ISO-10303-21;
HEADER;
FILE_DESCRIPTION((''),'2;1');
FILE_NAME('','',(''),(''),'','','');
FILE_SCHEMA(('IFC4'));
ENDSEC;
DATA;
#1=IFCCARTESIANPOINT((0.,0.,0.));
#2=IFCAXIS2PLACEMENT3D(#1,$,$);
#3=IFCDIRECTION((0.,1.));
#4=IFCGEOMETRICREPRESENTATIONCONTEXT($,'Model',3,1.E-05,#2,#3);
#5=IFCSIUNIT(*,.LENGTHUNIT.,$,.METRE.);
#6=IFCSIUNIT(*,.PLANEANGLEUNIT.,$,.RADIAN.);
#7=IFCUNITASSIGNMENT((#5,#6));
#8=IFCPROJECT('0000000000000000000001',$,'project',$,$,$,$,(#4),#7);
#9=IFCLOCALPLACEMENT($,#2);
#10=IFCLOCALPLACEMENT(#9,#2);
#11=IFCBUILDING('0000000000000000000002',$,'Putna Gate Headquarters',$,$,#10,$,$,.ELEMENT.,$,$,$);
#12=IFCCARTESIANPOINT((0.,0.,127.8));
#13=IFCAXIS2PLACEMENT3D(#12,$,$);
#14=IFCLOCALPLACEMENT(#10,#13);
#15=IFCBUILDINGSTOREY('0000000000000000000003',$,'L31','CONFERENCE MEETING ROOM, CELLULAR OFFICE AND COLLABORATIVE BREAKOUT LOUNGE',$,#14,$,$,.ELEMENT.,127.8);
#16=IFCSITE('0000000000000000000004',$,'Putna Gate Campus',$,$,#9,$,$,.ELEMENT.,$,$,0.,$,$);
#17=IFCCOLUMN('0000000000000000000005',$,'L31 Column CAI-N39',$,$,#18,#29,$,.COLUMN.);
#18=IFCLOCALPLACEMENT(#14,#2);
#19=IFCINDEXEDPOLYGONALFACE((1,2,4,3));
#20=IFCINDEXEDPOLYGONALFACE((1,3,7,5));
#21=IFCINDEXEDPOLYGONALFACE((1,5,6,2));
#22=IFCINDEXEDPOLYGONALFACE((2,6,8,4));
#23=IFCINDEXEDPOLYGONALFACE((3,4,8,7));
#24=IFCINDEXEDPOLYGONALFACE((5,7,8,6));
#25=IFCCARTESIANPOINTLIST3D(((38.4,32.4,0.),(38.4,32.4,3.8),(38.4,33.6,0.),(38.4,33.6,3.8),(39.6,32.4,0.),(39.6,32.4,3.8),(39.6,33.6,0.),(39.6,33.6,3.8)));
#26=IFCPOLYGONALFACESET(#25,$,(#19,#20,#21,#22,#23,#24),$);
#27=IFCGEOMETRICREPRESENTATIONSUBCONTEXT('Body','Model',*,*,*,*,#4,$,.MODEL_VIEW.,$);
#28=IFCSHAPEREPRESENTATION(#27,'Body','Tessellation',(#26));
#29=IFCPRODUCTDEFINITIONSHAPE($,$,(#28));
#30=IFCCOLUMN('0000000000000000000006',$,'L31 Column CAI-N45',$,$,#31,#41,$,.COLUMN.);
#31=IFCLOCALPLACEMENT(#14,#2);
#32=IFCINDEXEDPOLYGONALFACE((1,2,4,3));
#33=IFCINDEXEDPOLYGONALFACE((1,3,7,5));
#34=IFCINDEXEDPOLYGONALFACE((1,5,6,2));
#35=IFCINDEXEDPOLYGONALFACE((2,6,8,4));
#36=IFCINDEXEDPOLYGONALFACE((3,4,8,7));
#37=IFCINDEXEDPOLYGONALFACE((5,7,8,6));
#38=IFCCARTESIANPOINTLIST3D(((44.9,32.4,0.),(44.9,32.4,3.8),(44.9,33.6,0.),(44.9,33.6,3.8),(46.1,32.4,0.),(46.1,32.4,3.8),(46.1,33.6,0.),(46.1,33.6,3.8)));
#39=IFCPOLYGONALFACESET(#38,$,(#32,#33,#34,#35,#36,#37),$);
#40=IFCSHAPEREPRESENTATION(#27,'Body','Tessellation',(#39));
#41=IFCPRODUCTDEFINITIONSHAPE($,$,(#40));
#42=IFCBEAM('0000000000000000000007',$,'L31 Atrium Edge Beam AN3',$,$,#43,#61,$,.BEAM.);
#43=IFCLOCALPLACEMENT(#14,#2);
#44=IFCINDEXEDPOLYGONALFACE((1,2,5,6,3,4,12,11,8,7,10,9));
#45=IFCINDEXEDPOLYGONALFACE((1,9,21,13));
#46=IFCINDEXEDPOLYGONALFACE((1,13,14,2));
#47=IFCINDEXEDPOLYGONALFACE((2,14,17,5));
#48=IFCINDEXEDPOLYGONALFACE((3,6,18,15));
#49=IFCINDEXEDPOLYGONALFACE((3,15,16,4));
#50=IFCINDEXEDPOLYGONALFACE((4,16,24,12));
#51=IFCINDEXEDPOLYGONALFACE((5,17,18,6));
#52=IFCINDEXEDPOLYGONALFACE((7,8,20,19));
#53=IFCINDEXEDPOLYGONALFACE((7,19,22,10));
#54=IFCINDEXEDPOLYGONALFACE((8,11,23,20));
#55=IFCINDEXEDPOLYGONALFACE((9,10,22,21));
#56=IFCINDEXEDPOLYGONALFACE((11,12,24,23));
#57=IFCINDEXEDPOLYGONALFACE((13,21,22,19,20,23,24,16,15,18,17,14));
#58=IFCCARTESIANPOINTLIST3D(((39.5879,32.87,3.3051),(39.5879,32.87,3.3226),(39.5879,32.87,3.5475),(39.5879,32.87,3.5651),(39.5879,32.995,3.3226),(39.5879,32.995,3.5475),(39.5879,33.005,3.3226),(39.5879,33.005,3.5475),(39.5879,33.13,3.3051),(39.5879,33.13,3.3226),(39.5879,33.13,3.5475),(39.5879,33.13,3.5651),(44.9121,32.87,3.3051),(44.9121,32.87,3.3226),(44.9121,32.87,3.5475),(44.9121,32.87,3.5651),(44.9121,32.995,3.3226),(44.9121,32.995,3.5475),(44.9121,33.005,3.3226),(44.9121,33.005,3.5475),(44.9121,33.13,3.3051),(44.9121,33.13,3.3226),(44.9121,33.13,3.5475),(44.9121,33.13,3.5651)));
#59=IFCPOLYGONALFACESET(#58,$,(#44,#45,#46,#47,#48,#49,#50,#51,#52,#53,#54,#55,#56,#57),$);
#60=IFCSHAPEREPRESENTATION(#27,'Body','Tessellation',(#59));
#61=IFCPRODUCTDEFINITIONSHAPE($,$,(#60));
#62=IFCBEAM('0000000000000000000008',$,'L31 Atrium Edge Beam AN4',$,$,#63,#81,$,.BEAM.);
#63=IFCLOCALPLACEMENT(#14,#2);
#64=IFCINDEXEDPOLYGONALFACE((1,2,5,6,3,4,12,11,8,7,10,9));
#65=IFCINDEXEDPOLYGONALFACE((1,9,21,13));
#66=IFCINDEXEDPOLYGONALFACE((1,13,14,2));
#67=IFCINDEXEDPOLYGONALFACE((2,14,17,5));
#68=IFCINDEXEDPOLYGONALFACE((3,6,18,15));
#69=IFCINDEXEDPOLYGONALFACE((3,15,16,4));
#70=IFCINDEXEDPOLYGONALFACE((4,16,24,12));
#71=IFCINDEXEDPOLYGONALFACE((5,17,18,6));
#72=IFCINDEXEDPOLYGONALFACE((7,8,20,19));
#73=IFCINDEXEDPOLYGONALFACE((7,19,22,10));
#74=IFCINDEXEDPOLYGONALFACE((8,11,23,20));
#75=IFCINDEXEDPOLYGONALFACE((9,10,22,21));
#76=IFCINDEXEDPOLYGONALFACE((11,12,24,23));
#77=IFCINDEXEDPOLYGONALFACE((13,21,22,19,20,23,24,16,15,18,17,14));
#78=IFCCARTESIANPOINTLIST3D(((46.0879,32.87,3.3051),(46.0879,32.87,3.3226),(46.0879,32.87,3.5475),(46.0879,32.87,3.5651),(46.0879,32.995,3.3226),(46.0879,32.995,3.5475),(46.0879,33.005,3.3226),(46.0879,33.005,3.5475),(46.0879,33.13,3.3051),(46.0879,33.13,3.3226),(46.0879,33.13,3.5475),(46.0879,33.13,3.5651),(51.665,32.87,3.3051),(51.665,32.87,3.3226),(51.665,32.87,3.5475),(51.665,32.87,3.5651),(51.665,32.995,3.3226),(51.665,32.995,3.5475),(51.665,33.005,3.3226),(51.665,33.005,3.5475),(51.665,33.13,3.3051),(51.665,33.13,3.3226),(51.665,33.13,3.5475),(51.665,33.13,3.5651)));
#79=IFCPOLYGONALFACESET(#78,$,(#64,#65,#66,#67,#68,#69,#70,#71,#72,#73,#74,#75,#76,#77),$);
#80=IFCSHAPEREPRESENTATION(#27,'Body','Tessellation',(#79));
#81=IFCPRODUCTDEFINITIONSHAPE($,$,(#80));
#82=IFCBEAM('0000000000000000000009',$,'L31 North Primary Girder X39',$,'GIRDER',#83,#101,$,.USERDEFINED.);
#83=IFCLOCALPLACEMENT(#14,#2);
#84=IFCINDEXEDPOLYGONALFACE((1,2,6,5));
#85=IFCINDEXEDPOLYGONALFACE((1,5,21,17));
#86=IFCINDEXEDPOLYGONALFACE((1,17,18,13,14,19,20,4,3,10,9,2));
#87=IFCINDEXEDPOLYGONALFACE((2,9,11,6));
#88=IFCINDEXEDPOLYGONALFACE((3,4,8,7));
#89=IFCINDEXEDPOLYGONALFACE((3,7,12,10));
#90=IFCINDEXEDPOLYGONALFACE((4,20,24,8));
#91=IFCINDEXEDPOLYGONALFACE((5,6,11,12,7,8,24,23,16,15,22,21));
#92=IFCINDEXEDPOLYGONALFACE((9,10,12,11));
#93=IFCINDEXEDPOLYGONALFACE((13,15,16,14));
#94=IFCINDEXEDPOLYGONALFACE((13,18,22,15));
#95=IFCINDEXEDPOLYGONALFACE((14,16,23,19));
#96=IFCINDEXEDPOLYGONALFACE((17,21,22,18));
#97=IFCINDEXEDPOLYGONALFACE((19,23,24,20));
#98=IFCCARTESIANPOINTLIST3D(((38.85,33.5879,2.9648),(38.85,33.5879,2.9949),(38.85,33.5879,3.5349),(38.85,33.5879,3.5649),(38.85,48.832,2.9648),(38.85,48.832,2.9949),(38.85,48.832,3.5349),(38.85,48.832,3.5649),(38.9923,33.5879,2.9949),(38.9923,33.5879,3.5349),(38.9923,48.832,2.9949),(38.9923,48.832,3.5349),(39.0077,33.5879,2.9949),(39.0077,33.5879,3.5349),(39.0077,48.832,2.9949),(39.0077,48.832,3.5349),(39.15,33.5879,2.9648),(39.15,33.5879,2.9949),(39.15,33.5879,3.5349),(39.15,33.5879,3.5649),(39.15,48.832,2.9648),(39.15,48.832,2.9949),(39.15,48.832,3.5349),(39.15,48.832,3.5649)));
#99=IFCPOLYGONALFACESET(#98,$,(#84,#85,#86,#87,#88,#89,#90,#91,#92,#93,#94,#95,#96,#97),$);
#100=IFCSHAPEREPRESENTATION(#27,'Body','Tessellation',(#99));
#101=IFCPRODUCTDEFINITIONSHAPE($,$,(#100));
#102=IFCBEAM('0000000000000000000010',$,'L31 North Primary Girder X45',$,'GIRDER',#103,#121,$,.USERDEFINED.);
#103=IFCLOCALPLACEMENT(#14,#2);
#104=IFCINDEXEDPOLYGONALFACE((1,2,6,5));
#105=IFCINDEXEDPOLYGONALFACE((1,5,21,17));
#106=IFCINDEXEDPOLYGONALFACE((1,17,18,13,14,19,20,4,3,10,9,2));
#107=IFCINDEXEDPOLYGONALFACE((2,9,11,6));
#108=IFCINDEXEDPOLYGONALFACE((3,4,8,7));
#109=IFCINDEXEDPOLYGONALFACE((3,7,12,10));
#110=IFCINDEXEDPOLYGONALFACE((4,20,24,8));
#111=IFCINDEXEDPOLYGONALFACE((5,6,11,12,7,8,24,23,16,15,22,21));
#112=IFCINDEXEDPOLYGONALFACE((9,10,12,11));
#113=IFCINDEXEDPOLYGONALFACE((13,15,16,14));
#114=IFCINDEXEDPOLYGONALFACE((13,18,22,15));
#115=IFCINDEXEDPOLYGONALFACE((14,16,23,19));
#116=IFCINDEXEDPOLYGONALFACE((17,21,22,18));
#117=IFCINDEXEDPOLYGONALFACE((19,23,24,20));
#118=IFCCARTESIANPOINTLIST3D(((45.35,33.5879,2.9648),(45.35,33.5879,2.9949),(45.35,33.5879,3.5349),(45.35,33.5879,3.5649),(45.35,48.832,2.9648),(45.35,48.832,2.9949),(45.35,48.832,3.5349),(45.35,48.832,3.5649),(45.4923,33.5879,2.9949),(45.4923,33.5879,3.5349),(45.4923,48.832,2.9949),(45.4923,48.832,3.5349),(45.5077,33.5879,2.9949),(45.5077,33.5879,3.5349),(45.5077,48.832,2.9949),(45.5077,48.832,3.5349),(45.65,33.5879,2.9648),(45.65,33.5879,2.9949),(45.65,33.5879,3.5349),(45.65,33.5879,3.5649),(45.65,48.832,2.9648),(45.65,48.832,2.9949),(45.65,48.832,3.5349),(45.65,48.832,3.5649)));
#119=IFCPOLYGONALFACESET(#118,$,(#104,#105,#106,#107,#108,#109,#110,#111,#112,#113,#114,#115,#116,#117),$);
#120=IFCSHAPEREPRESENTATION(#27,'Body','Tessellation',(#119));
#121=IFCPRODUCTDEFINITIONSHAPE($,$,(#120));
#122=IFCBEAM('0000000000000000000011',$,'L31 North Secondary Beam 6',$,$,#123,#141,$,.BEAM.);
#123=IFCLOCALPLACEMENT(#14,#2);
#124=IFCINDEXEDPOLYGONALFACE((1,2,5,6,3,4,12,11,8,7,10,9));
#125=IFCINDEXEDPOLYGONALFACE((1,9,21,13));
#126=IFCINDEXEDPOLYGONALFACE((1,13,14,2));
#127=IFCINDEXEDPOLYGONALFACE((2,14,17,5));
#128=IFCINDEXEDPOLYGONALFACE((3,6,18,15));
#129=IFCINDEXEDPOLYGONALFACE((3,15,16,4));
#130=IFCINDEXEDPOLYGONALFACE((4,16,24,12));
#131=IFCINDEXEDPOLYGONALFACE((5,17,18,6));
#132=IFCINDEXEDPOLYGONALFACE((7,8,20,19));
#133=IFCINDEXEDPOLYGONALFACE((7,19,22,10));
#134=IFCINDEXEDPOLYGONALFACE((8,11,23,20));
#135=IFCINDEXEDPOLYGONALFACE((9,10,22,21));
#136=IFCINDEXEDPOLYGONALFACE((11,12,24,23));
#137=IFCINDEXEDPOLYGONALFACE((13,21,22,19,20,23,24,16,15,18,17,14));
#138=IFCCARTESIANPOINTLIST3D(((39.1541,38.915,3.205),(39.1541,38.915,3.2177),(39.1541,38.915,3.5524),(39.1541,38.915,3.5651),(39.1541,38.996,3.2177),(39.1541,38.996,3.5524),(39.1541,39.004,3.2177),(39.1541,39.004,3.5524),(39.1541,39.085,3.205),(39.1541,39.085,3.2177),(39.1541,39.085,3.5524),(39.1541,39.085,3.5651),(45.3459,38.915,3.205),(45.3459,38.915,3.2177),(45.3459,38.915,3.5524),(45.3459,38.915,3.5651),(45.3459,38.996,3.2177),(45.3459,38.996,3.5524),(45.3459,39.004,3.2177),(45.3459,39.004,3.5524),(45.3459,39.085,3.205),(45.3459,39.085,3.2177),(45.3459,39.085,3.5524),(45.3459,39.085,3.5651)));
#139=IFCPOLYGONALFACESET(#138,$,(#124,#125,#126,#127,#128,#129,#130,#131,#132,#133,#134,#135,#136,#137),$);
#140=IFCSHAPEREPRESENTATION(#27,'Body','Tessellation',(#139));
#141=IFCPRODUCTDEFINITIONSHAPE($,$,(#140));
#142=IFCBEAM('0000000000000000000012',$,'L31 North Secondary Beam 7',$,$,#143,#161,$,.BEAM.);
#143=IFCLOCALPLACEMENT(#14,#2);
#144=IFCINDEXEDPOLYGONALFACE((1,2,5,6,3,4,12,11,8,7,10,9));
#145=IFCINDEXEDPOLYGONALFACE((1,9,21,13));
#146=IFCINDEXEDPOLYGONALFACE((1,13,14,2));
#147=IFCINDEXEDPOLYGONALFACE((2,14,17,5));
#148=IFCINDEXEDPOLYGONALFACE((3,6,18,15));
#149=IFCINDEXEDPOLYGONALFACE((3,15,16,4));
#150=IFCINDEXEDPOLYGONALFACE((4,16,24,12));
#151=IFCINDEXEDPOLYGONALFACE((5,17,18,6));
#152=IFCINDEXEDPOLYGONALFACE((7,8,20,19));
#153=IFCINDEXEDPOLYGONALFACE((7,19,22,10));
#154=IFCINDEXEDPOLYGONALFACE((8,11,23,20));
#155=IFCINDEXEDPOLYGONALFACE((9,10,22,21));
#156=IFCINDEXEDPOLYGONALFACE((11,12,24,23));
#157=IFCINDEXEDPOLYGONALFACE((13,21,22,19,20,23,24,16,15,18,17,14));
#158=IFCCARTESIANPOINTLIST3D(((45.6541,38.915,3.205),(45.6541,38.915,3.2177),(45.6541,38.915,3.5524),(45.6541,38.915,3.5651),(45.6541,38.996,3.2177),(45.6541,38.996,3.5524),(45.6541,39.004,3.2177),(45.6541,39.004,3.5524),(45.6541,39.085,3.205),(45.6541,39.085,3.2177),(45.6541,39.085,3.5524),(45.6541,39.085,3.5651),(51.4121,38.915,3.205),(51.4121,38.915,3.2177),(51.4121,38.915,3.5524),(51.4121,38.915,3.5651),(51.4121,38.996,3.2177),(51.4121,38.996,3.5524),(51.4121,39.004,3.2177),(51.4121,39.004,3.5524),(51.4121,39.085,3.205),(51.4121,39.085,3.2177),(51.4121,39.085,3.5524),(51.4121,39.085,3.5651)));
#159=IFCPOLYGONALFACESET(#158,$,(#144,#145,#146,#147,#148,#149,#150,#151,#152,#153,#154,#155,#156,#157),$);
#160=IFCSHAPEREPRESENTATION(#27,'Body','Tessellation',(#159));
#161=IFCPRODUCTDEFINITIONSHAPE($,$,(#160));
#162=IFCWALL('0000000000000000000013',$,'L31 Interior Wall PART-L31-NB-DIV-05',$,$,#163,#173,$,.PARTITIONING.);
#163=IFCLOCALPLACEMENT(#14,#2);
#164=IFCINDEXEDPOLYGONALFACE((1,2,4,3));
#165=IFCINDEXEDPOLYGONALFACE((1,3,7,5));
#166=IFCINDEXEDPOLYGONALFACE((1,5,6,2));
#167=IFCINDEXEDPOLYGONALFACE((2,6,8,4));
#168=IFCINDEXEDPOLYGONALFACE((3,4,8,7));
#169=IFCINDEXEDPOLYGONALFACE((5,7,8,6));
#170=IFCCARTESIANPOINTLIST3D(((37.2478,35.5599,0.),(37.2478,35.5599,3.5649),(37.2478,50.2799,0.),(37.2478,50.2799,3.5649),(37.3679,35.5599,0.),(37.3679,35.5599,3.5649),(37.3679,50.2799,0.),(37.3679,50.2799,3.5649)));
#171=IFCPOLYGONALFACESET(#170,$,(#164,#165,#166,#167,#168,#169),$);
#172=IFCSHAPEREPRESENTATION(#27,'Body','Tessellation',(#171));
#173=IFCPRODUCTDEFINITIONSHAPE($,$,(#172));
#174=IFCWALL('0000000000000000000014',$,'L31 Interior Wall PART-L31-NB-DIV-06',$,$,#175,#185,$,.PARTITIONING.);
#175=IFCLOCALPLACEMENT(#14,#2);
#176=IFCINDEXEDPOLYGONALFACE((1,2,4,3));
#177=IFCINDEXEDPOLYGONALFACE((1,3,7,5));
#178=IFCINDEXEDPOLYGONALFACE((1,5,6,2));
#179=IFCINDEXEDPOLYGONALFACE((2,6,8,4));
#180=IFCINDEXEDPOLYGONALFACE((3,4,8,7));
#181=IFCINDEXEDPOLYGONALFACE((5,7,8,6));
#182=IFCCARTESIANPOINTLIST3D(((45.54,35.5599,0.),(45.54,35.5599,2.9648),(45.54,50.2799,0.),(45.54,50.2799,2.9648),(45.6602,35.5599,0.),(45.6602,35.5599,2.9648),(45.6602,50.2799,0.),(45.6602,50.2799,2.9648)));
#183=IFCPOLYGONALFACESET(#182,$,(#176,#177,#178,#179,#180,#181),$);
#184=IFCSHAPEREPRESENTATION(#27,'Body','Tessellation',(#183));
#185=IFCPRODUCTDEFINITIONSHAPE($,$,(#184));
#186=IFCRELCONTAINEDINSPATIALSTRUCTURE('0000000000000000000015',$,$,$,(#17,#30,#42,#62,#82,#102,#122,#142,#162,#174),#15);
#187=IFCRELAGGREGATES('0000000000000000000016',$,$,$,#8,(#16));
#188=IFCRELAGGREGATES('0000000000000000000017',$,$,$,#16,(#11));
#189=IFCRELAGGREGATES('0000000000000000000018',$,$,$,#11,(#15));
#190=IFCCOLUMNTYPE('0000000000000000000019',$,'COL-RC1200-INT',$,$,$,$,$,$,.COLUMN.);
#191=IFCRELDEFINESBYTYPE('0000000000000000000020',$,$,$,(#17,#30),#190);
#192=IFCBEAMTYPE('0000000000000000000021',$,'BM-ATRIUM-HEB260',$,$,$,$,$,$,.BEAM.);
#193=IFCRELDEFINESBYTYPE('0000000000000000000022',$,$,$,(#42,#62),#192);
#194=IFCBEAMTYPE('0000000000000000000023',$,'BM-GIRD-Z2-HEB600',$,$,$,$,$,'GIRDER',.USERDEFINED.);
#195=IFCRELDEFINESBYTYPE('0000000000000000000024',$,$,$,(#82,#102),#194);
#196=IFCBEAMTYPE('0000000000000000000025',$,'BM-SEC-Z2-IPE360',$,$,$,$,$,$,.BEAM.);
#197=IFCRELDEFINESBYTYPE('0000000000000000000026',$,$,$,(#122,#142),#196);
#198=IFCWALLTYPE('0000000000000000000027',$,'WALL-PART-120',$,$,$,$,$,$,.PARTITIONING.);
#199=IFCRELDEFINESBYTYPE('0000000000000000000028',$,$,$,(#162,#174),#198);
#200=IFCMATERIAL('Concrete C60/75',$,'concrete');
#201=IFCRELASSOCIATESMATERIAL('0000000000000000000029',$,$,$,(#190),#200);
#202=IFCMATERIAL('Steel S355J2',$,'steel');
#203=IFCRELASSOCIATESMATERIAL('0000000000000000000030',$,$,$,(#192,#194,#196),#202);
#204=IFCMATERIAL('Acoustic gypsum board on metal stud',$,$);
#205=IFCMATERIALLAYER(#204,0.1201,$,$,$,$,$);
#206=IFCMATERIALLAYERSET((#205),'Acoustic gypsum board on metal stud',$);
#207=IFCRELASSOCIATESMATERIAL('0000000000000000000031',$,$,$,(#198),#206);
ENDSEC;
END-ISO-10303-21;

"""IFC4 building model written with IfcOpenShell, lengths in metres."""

from ifc_helpers import new_model, si_unit, direction, frame, frame_2d, origin, origin_2d, place, context, subcontext, project, spatial, rectangle, i_section, extrude, material, layer, layer_set, material_profile, profile_set, type_object, element, save


model = new_model("IFC4")

# Units and contexts
model_context = context("Model", 3, precision=1e-05, world=origin(), true_north=direction((0.0, 1.0)))
body_context = subcontext(model_context, "Body", "Model", "MODEL_VIEW")
ifc_project = project(units=[si_unit("LENGTHUNIT", "METRE"), si_unit("PLANEANGLEUNIT", "RADIAN")], contexts=[model_context])

# Site, building, storey
site_placement = place(None, origin())
site = spatial("IfcSite", under=ifc_project, at=site_placement, Name="Putna Gate Campus", CompositionType="ELEMENT", RefElevation=0.0)
building_placement = place(site_placement, origin())
building = spatial("IfcBuilding", under=site, at=building_placement, Name="Putna Gate Headquarters", CompositionType="ELEMENT")
storey_placement = place(building_placement, frame((0.0, 0.0, 127.8)))
storey = spatial("IfcBuildingStorey", under=building, at=storey_placement, Name="L31", Description="CONFERENCE MEETING ROOM, CELLULAR OFFICE AND COLLABORATIVE BREAKOUT LOUNGE", CompositionType="ELEMENT", Elevation=127.8)

# Columns
ifc_material_1 = material(Name="Concrete C60/75", Category="concrete")
ifc_material_profile_1 = material_profile(ifc_material_1, rectangle(XDim=1.2, YDim=1.2, at=origin_2d()), Name="Concrete C60/75")
ifc_profile_set_1 = profile_set([ifc_material_profile_1], Name="Concrete C60/75")
column_type = type_object("IfcColumnType", Name="COL-RC1200-INT", PredefinedType="COLUMN", material=ifc_profile_set_1)
for number, where, z_axis, x_axis, name in (
    (1, (39.0, 33.0, 0.0), (0.0, 0.0, 1.0), (1.0, 0.0, 0.0), "L31 Column CAI-N39"),
    (2, (45.5, 33.0, 0.0), (0.0, 0.0, 1.0), (1.0, 0.0, 0.0), "L31 Column CAI-N45"),
):
    element("IfcColumn", number, at=place(storey_placement, frame(where, z_axis=z_axis, x_axis=x_axis)), inside=storey, type_object=column_type, Name=name, PredefinedType="COLUMN", context=body_context, shape_type="SweptSolid", body=[
        extrude(rectangle(XDim=1.2, YDim=1.2, at=origin_2d()), origin(), (0.0, 0.0, 1.0), 3.8),
    ])

# Beams
ifc_material_2 = material(Name="Steel S355J2", Category="steel")
ifc_material_profile_2 = material_profile(ifc_material_2, i_section(OverallWidth=0.26, OverallDepth=0.26, WebThickness=0.01, FlangeThickness=0.0176, at=origin_2d()), Name="Steel S355J2")
ifc_profile_set_2 = profile_set([ifc_material_profile_2], Name="Steel S355J2")
beam_type_1 = type_object("IfcBeamType", Name="BM-ATRIUM-HEB260", PredefinedType="BEAM", material=ifc_profile_set_2)
beam_1_placement = place(storey_placement, frame((39.5879, 33.0, 3.4351), z_axis=(1.0, 0.0, 0.0), x_axis=(0.0, 1.0, 0.0)))
element("IfcBeam", 3, at=beam_1_placement, inside=storey, type_object=beam_type_1, Name="L31 Atrium Edge Beam AN3", PredefinedType="BEAM", context=body_context, shape_type="SweptSolid", body=[
    extrude(i_section(OverallWidth=0.26, OverallDepth=0.26, WebThickness=0.01, FlangeThickness=0.0176, at=origin_2d()), origin(), (0.0, 0.0, 1.0), 5.3242),
])
beam_2_placement = place(storey_placement, frame((46.0879, 33.0, 3.4351), z_axis=(1.0, 0.0, 0.0), x_axis=(0.0, 1.0, 0.0)))
element("IfcBeam", 4, at=beam_2_placement, inside=storey, type_object=beam_type_1, Name="L31 Atrium Edge Beam AN4", PredefinedType="BEAM", context=body_context, shape_type="SweptSolid", body=[
    extrude(i_section(OverallWidth=0.26, OverallDepth=0.26, WebThickness=0.01, FlangeThickness=0.0176, at=origin_2d()), origin(), (0.0, 0.0, 1.0), 5.5771),
])
ifc_material_profile_3 = material_profile(ifc_material_2, i_section(OverallWidth=0.3, OverallDepth=0.6001, WebThickness=0.0154, FlangeThickness=0.03, at=origin_2d()), Name="Steel S355J2")
ifc_profile_set_3 = profile_set([ifc_material_profile_3], Name="Steel S355J2")
beam_type_2 = type_object("IfcBeamType", Name="BM-GIRD-Z2-HEB600", ElementType="GIRDER", PredefinedType="USERDEFINED", material=ifc_profile_set_3)
for number, where, z_axis, x_axis, name in (
    (5, (39.0, 33.5879, 3.2649), (0.0, 1.0, 0.0), (-1.0, 0.0, 0.0), "L31 North Primary Girder X39"),
    (6, (45.5, 33.5879, 3.2649), (0.0, 1.0, 0.0), (-1.0, 0.0, 0.0), "L31 North Primary Girder X45"),
):
    element("IfcBeam", number, at=place(storey_placement, frame(where, z_axis=z_axis, x_axis=x_axis)), inside=storey, type_object=beam_type_2, Name=name, ObjectType="GIRDER", PredefinedType="USERDEFINED", context=body_context, shape_type="SweptSolid", body=[
        extrude(i_section(OverallWidth=0.3, OverallDepth=0.6001, WebThickness=0.0154, FlangeThickness=0.03, at=origin_2d()), origin(), (0.0, 0.0, 1.0), 15.2441),
    ])
ifc_material_profile_4 = material_profile(ifc_material_2, i_section(OverallWidth=0.1699, OverallDepth=0.3601, WebThickness=0.0081, FlangeThickness=0.0127, at=origin_2d()), Name="Steel S355J2")
ifc_profile_set_4 = profile_set([ifc_material_profile_4], Name="Steel S355J2")
beam_type_3 = type_object("IfcBeamType", Name="BM-SEC-Z2-IPE360", PredefinedType="BEAM", material=ifc_profile_set_4)
beam_3_placement = place(storey_placement, frame((39.1541, 39.0, 3.385), z_axis=(1.0, 0.0, 0.0), x_axis=(0.0, 1.0, 0.0)))
element("IfcBeam", 7, at=beam_3_placement, inside=storey, type_object=beam_type_3, Name="L31 North Secondary Beam 6", PredefinedType="BEAM", context=body_context, shape_type="SweptSolid", body=[
    extrude(i_section(OverallWidth=0.1699, OverallDepth=0.3601, WebThickness=0.0081, FlangeThickness=0.0127, at=origin_2d()), origin(), (0.0, 0.0, 1.0), 6.1919),
])
beam_4_placement = place(storey_placement, frame((45.6541, 39.0, 3.385), z_axis=(1.0, 0.0, 0.0), x_axis=(0.0, 1.0, 0.0)))
element("IfcBeam", 8, at=beam_4_placement, inside=storey, type_object=beam_type_3, Name="L31 North Secondary Beam 7", PredefinedType="BEAM", context=body_context, shape_type="SweptSolid", body=[
    extrude(i_section(OverallWidth=0.1699, OverallDepth=0.3601, WebThickness=0.0081, FlangeThickness=0.0127, at=origin_2d()), origin(), (0.0, 0.0, 1.0), 5.7581),
])

# Walls
ifc_material_3 = material(Name="Acoustic gypsum board on metal stud")
ifc_layer_1 = layer(ifc_material_3, 0.1201)
ifc_layer_set_1 = layer_set([ifc_layer_1], Name="Acoustic gypsum board on metal stud")
wall_type_1 = type_object("IfcWallType", Name="WALL-PART-120", PredefinedType="PARTITIONING", material=ifc_layer_set_1)
wall_1_placement = place(storey_placement, frame((37.3079, 35.5601, 0.0), z_axis=(0.0, 0.0, 1.0), x_axis=(0.0, 1.0, 0.0)))
element("IfcWall", 9, at=wall_1_placement, inside=storey, type_object=wall_type_1, Name="L31 Interior Wall PART-L31-NB-DIV-05", PredefinedType="PARTITIONING", context=body_context, shape_type="SweptSolid", body=[
    extrude(rectangle(XDim=14.72, YDim=0.1201, at=frame_2d((7.3599, 0.0))), origin(), (0.0, 0.0, 1.0), 3.5649),
])
wall_2_placement = place(storey_placement, frame((45.6001, 35.5601, 0.0), z_axis=(0.0, 0.0, 1.0), x_axis=(0.0, 1.0, 0.0)))
element("IfcWall", 10, at=wall_2_placement, inside=storey, type_object=wall_type_1, Name="L31 Interior Wall PART-L31-NB-DIV-06", PredefinedType="PARTITIONING", context=body_context, shape_type="SweptSolid", body=[
    extrude(rectangle(XDim=14.72, YDim=0.1201, at=frame_2d((7.3599, 0.0))), origin(), (0.0, 0.0, 1.0), 2.9648),
])

save(model, "model.ifc")
